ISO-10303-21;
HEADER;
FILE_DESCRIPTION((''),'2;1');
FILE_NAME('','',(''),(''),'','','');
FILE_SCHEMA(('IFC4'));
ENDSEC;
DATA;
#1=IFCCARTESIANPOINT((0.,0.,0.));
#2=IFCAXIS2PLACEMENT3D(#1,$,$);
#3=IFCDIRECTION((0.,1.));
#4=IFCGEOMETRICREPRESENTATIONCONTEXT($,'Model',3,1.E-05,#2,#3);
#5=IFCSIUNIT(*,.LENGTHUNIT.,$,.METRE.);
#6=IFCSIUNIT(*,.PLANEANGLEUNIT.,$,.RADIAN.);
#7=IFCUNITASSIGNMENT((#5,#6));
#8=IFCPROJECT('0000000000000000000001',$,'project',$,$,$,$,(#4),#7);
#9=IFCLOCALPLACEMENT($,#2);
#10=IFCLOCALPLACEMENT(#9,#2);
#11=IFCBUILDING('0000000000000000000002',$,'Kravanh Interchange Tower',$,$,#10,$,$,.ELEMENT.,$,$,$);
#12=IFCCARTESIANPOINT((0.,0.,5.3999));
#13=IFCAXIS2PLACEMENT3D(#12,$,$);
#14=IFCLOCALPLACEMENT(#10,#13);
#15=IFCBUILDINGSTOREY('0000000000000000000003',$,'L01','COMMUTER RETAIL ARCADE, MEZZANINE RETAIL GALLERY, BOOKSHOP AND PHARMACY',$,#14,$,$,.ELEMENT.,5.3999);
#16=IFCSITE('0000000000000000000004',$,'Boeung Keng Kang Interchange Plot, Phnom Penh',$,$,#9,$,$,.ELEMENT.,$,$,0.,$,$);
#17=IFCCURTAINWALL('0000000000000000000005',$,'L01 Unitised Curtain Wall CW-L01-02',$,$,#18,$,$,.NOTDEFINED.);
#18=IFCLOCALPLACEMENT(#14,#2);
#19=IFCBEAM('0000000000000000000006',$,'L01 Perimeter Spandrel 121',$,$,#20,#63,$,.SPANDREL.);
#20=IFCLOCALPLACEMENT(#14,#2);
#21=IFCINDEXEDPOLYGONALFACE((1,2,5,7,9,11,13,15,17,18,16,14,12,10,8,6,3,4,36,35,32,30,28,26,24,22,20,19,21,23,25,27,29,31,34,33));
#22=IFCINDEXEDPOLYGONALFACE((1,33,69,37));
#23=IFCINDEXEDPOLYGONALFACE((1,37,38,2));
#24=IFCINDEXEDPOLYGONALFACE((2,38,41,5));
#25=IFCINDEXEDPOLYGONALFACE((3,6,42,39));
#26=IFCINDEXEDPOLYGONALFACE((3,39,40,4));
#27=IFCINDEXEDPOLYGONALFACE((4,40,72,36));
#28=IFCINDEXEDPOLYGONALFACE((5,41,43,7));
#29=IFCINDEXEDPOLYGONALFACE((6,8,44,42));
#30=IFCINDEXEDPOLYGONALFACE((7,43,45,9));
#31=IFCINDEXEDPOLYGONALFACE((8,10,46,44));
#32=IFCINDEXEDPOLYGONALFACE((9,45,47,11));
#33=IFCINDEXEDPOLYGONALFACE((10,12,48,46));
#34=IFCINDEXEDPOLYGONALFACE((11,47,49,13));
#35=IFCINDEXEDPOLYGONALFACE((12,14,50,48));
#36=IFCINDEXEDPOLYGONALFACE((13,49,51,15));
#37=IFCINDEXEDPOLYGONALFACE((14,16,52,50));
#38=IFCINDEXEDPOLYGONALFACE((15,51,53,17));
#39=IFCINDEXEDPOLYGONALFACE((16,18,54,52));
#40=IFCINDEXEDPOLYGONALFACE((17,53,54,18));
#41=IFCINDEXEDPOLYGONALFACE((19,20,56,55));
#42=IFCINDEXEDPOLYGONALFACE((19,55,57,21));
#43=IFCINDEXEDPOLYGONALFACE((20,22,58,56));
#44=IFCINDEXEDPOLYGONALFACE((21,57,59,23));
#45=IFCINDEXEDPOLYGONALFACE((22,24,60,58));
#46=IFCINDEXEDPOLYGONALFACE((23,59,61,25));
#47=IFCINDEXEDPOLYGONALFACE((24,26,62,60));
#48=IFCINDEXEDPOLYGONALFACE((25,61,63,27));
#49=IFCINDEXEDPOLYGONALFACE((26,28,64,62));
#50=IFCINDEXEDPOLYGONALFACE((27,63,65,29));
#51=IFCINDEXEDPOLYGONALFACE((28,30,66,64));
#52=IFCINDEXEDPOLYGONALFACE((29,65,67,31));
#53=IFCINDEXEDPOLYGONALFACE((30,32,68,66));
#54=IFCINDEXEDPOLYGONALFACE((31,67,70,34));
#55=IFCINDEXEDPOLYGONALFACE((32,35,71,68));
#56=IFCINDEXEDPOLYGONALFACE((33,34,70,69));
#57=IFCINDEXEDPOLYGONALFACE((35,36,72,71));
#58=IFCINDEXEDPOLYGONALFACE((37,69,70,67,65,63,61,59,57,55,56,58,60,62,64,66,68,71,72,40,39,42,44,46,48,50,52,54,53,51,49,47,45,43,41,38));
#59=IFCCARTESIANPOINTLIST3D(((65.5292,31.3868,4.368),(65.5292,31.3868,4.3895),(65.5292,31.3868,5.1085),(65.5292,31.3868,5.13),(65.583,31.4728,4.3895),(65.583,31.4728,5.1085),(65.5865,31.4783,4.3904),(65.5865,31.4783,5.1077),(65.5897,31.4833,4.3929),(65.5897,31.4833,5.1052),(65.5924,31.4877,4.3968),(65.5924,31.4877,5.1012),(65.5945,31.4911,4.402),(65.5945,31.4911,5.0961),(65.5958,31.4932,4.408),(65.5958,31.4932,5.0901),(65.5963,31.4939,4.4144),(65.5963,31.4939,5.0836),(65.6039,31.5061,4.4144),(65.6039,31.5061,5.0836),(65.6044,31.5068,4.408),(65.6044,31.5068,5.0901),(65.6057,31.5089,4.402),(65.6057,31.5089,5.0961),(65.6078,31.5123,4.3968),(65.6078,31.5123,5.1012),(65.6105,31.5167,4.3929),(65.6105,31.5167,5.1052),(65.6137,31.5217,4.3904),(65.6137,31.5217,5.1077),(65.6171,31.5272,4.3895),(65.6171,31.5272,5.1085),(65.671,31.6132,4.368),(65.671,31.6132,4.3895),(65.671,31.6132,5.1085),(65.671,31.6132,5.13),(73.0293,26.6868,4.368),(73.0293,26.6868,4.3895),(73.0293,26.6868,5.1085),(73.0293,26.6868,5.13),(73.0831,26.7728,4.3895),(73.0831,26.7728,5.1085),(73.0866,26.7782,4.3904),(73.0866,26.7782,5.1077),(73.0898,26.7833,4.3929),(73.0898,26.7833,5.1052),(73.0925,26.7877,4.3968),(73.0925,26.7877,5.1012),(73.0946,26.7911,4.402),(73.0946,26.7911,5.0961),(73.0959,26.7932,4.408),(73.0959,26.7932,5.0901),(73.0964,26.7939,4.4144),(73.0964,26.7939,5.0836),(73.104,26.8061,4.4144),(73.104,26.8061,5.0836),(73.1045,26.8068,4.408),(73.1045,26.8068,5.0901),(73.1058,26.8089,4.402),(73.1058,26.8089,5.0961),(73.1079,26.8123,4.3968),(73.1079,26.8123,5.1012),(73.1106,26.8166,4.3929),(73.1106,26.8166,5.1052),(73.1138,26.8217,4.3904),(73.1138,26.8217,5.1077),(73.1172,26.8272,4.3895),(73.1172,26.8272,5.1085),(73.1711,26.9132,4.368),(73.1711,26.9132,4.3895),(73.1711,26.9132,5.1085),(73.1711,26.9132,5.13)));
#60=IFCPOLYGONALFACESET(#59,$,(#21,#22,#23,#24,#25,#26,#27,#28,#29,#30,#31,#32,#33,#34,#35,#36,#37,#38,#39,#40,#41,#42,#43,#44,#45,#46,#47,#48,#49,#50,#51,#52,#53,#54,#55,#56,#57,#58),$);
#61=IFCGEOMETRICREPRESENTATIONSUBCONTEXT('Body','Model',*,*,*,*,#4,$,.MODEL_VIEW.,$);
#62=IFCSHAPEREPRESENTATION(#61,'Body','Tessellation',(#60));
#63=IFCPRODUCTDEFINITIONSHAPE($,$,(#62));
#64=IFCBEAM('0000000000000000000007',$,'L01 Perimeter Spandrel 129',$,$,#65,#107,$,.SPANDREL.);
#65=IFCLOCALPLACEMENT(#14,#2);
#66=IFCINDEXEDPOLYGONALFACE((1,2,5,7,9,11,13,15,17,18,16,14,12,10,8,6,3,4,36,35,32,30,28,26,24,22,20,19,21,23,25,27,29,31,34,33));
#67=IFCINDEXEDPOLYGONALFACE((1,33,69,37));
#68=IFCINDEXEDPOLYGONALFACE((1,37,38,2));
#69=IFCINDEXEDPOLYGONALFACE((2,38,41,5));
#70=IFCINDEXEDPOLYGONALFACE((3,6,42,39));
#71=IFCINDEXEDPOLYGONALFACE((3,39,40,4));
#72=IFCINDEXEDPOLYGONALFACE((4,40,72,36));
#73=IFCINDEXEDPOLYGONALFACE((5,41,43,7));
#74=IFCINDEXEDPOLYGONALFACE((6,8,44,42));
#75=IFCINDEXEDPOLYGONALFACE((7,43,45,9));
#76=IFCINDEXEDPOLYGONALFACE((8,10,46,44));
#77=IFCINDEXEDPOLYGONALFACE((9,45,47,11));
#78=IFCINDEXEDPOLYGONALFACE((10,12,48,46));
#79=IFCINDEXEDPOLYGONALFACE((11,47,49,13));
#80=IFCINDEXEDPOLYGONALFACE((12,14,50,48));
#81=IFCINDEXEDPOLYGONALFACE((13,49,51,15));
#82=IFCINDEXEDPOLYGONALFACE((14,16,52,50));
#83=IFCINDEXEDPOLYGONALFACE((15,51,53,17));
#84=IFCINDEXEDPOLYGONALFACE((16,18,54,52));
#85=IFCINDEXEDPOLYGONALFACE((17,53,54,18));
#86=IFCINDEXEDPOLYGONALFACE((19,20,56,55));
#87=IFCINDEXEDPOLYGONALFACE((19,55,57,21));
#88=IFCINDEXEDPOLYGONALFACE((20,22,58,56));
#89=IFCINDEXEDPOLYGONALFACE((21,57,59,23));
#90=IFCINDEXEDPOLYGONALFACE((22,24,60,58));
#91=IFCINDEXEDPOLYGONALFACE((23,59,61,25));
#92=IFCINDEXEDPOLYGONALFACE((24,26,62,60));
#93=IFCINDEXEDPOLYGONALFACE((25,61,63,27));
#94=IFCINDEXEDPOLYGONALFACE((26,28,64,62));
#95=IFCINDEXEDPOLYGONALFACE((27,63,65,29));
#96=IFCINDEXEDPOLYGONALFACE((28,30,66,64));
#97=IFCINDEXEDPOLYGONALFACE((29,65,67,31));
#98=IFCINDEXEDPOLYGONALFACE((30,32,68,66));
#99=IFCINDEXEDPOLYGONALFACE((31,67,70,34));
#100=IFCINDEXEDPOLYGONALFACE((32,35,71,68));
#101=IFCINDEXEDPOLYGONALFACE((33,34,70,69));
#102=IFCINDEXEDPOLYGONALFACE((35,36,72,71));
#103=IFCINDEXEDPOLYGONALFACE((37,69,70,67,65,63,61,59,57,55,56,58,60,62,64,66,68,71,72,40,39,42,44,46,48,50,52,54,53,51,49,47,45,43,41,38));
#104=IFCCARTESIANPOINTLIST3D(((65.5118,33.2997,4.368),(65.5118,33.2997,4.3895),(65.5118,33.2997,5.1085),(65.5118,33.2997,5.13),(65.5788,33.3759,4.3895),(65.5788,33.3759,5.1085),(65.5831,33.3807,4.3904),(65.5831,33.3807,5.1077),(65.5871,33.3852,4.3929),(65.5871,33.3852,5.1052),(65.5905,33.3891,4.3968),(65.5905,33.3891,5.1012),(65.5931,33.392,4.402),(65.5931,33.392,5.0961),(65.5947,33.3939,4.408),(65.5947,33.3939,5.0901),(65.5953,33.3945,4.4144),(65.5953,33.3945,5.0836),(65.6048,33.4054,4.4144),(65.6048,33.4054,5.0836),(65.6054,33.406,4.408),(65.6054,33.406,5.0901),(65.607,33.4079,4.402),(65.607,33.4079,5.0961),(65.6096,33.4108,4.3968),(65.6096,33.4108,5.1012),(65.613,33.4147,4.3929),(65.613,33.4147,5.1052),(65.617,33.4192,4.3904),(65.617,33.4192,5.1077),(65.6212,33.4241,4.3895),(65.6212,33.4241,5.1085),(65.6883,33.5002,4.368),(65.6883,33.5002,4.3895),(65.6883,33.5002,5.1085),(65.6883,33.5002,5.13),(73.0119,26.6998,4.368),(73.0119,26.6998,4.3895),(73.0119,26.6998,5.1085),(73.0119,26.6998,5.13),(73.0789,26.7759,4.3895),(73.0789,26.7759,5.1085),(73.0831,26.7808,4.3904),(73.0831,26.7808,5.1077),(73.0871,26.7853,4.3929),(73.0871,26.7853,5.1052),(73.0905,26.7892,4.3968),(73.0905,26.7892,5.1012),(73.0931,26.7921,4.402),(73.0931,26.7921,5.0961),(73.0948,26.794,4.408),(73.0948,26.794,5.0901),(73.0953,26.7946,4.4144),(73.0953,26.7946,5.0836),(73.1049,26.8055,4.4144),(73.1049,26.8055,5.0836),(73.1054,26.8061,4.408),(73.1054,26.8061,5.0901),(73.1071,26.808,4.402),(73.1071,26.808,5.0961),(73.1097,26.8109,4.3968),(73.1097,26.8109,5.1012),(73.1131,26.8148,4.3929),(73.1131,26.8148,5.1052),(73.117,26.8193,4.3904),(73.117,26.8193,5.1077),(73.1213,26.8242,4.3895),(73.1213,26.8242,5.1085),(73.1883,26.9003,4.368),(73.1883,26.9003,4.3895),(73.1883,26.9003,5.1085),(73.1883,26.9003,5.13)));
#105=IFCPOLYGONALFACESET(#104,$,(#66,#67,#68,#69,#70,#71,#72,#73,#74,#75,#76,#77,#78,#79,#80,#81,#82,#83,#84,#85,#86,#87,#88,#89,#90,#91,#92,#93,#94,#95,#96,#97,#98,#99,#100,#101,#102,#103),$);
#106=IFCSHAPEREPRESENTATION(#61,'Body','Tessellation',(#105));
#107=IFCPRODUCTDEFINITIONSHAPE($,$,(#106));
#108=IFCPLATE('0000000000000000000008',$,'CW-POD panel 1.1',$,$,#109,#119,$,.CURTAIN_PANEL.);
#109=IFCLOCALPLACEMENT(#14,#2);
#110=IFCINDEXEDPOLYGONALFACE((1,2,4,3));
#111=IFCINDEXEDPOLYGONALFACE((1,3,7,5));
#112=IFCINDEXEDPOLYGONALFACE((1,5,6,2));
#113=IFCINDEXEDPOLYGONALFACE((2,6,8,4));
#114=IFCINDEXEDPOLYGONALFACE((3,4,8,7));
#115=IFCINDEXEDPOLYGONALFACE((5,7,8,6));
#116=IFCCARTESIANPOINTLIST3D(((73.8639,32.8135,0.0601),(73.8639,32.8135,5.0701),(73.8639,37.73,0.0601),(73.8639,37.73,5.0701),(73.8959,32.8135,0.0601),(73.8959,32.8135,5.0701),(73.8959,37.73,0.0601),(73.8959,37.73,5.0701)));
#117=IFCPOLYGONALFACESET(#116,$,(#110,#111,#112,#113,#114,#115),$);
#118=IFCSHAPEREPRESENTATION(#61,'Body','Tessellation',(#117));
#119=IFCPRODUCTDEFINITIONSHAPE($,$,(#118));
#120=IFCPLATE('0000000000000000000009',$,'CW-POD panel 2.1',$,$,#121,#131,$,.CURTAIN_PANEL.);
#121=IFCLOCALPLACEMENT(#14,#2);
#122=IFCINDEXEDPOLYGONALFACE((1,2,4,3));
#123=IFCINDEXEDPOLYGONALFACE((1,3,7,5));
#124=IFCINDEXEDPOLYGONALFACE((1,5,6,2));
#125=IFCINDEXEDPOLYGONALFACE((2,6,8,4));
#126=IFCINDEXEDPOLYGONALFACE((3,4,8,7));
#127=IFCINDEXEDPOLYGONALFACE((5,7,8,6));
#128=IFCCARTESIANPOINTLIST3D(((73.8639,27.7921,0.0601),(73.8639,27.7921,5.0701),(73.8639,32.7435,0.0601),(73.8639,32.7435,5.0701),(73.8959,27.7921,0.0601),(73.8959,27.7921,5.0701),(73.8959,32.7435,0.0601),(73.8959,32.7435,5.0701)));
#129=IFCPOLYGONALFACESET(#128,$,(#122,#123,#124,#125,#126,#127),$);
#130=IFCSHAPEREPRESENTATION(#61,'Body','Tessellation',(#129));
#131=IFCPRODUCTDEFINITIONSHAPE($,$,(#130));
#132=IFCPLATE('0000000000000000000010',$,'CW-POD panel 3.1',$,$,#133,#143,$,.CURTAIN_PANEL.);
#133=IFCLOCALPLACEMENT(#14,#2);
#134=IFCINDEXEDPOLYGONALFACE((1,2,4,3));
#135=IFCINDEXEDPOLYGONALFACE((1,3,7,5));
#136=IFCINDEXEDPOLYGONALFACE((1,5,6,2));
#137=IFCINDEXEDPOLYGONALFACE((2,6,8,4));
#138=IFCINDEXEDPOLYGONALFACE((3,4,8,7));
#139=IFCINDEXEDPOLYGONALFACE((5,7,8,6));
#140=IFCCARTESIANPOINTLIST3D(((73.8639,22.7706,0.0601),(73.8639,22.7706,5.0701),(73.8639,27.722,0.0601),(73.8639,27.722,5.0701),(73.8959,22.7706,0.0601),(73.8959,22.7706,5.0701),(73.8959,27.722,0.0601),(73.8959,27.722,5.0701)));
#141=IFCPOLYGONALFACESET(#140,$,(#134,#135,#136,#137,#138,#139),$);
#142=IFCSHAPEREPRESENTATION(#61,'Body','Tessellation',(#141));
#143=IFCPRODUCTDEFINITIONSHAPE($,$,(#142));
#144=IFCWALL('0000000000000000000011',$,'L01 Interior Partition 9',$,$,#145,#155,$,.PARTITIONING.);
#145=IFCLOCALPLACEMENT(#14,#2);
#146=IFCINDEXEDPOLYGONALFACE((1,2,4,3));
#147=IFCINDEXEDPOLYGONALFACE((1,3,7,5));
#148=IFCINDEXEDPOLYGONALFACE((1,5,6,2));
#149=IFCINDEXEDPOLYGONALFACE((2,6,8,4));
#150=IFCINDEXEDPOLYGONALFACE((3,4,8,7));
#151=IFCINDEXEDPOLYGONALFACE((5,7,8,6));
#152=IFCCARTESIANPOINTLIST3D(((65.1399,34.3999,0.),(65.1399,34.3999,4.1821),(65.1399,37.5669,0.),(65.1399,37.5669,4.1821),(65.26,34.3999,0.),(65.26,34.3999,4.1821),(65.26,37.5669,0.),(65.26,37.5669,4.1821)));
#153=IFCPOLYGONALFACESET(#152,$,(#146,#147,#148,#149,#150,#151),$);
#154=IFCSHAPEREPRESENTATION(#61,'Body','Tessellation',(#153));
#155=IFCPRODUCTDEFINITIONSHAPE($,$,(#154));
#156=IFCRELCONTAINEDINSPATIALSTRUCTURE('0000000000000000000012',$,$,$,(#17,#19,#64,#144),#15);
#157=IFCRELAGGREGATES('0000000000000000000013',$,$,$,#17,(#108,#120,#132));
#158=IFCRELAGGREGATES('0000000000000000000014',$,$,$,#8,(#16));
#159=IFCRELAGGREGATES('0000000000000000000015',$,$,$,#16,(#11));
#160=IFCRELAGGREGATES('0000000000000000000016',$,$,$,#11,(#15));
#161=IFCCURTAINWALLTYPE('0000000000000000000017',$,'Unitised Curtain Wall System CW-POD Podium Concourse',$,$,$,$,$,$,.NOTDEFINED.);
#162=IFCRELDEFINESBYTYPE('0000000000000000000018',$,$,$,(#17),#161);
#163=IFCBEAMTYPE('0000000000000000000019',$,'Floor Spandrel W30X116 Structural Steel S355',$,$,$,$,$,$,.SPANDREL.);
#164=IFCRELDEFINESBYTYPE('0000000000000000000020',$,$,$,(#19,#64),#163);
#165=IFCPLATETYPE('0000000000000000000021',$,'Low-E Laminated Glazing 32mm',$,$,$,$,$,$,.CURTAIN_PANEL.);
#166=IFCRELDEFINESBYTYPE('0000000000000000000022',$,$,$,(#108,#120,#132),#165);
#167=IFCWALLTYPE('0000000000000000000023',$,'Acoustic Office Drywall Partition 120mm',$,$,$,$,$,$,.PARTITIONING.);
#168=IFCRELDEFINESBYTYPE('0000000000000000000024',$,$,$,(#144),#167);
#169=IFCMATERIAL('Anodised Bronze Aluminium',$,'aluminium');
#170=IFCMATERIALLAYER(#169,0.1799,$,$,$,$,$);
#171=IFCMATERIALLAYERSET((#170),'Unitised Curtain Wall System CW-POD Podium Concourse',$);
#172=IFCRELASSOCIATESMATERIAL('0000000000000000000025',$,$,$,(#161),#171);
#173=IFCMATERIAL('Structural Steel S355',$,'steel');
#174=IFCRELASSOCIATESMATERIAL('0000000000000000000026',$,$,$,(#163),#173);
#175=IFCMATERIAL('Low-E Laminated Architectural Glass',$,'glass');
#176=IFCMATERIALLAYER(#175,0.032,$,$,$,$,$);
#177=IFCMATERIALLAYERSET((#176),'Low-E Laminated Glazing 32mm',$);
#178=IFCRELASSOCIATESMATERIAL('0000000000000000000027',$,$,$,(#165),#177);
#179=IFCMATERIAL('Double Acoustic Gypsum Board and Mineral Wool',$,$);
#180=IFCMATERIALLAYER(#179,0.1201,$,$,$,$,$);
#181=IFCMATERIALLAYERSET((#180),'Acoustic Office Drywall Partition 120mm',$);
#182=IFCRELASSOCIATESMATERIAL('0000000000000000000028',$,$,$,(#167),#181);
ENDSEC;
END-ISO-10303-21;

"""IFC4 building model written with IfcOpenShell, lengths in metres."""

from ifc_helpers import new_model, si_unit, direction, frame, frame_2d, origin, origin_2d, place, context, subcontext, project, spatial, rectangle, i_section, extrude, material, layer, layer_set, material_profile, profile_set, type_object, element, aggregate, save


model = new_model("IFC4")

# Units and contexts
model_context = context("Model", 3, precision=1e-05, world=origin(), true_north=direction((0.0, 1.0)))
body_context = subcontext(model_context, "Body", "Model", "MODEL_VIEW")
ifc_project = project(units=[si_unit("LENGTHUNIT", "METRE"), si_unit("PLANEANGLEUNIT", "RADIAN")], contexts=[model_context])

# Site, building, storey
site_placement = place(None, origin())
site = spatial("IfcSite", under=ifc_project, at=site_placement, Name="Boeung Keng Kang Interchange Plot, Phnom Penh", CompositionType="ELEMENT", RefElevation=0.0)
building_placement = place(site_placement, origin())
building = spatial("IfcBuilding", under=site, at=building_placement, Name="Kravanh Interchange Tower", CompositionType="ELEMENT")
storey_placement = place(building_placement, frame((0.0, 0.0, 5.3999)))
storey = spatial("IfcBuildingStorey", under=building, at=storey_placement, Name="L01", Description="COMMUTER RETAIL ARCADE, MEZZANINE RETAIL GALLERY, BOOKSHOP AND PHARMACY", CompositionType="ELEMENT", Elevation=5.3999)

# Curtain wall
ifc_material_1 = material(Name="Anodised Bronze Aluminium", Category="aluminium")
ifc_layer_1 = layer(ifc_material_1, 0.1799)
ifc_layer_set_1 = layer_set([ifc_layer_1], Name="Unitised Curtain Wall System CW-POD Podium Concourse")
curtain_wall_type = type_object("IfcCurtainWallType", Name="Unitised Curtain Wall System CW-POD Podium Concourse", PredefinedType="NOTDEFINED", material=ifc_layer_set_1)
curtain_wall_placement = place(storey_placement, origin())
curtain_wall = element("IfcCurtainWall", 1, at=curtain_wall_placement, inside=storey, type_object=curtain_wall_type, Name="L01 Unitised Curtain Wall CW-L01-02", PredefinedType="NOTDEFINED")

# Beams
ifc_material_2 = material(Name="Structural Steel S355", Category="steel")
ifc_material_profile_1 = material_profile(ifc_material_2, i_section(OverallWidth=0.2671, OverallDepth=0.762, WebThickness=0.0144, FlangeThickness=0.0215, FilletRadius=0.0249, at=origin_2d()), Name="W30X116")
ifc_profile_set_1 = profile_set([ifc_material_profile_1], Name="Structural Steel S355")
beam_type_1 = type_object("IfcBeamType", Name="Floor Spandrel W30X116 Structural Steel S355", PredefinedType="SPANDREL", material=ifc_profile_set_1)
beam_1_placement = place(storey_placement, frame((65.6001, 31.5, 4.749), z_axis=(0.847365, -0.53101, 0.0), x_axis=(0.53101, 0.847365, 0.0)))
element("IfcBeam", 2, at=beam_1_placement, inside=storey, type_object=beam_type_1, Name="L01 Perimeter Spandrel 121", PredefinedType="SPANDREL", context=body_context, shape_type="SweptSolid", body=[
    extrude(i_section(OverallWidth=0.2671, OverallDepth=0.762, WebThickness=0.0144, FlangeThickness=0.0215, FilletRadius=0.0249, at=origin_2d()), origin(), (0.0, 0.0, 1.0), 8.8511),
])
beam_2_placement = place(storey_placement, frame((73.1001, 26.8, 4.749), z_axis=(-0.750721, 0.66062, 0.0), x_axis=(-0.66062, -0.750721, 0.0)))
element("IfcBeam", 3, at=beam_2_placement, inside=storey, type_object=beam_type_1, Name="L01 Perimeter Spandrel 129", PredefinedType="SPANDREL", context=body_context, shape_type="SweptSolid", body=[
    extrude(i_section(OverallWidth=0.2671, OverallDepth=0.762, WebThickness=0.0144, FlangeThickness=0.0215, FilletRadius=0.0249, at=origin_2d()), origin(), (0.0, 0.0, 1.0), 9.9905),
])

# Plates
ifc_material_3 = material(Name="Low-E Laminated Architectural Glass", Category="glass")
ifc_layer_2 = layer(ifc_material_3, 0.032)
ifc_layer_set_2 = layer_set([ifc_layer_2], Name="Low-E Laminated Glazing 32mm")
plate_type = type_object("IfcPlateType", Name="Low-E Laminated Glazing 32mm", PredefinedType="CURTAIN_PANEL", material=ifc_layer_set_2)
plate_1_placement = place(storey_placement, frame((73.8799, 35.2717, 0.0601), z_axis=(0.0, 0.0, 1.0), x_axis=(0.0, -1.0, 0.0)))
plate_1 = element("IfcPlate", 4, at=plate_1_placement, type_object=plate_type, Name="CW-POD panel 1.1", PredefinedType="CURTAIN_PANEL", context=body_context, shape_type="SweptSolid", body=[
    extrude(rectangle(XDim=4.9165, YDim=0.032, at=origin_2d()), origin(), (0.0, 0.0, 1.0), 5.01),
])
plate_2_placement = place(storey_placement, frame((73.8799, 30.2678, 0.0601), z_axis=(0.0, 0.0, 1.0), x_axis=(0.0, -1.0, 0.0)))
plate_2 = element("IfcPlate", 5, at=plate_2_placement, type_object=plate_type, Name="CW-POD panel 2.1", PredefinedType="CURTAIN_PANEL", context=body_context, shape_type="SweptSolid", body=[
    extrude(rectangle(XDim=4.9514, YDim=0.032, at=origin_2d()), origin(), (0.0, 0.0, 1.0), 5.01),
])
plate_3_placement = place(storey_placement, frame((73.8799, 25.2463, 0.0601), z_axis=(0.0, 0.0, 1.0), x_axis=(0.0, -1.0, 0.0)))
plate_3 = element("IfcPlate", 6, at=plate_3_placement, type_object=plate_type, Name="CW-POD panel 3.1", PredefinedType="CURTAIN_PANEL", context=body_context, shape_type="SweptSolid", body=[
    extrude(rectangle(XDim=4.9514, YDim=0.032, at=origin_2d()), origin(), (0.0, 0.0, 1.0), 5.01),
])
aggregate(curtain_wall, [plate_1, plate_2, plate_3])

# Wall
ifc_material_4 = material(Name="Double Acoustic Gypsum Board and Mineral Wool")
ifc_layer_3 = layer(ifc_material_4, 0.1201)
ifc_layer_set_3 = layer_set([ifc_layer_3], Name="Acoustic Office Drywall Partition 120mm")
wall_type = type_object("IfcWallType", Name="Acoustic Office Drywall Partition 120mm", PredefinedType="PARTITIONING", material=ifc_layer_set_3)
wall_placement = place(storey_placement, frame((65.2, 34.3999, 0.0), z_axis=(0.0, 0.0, 1.0), x_axis=(0.0, 1.0, 0.0)))
element("IfcWall", 7, at=wall_placement, inside=storey, type_object=wall_type, Name="L01 Interior Partition 9", PredefinedType="PARTITIONING", context=body_context, shape_type="SweptSolid", body=[
    extrude(rectangle(XDim=3.167, YDim=0.1201, at=frame_2d((1.5835, 0.0))), origin(), (0.0, 0.0, 1.0), 4.1821),
])

save(model, "model.ifc")
